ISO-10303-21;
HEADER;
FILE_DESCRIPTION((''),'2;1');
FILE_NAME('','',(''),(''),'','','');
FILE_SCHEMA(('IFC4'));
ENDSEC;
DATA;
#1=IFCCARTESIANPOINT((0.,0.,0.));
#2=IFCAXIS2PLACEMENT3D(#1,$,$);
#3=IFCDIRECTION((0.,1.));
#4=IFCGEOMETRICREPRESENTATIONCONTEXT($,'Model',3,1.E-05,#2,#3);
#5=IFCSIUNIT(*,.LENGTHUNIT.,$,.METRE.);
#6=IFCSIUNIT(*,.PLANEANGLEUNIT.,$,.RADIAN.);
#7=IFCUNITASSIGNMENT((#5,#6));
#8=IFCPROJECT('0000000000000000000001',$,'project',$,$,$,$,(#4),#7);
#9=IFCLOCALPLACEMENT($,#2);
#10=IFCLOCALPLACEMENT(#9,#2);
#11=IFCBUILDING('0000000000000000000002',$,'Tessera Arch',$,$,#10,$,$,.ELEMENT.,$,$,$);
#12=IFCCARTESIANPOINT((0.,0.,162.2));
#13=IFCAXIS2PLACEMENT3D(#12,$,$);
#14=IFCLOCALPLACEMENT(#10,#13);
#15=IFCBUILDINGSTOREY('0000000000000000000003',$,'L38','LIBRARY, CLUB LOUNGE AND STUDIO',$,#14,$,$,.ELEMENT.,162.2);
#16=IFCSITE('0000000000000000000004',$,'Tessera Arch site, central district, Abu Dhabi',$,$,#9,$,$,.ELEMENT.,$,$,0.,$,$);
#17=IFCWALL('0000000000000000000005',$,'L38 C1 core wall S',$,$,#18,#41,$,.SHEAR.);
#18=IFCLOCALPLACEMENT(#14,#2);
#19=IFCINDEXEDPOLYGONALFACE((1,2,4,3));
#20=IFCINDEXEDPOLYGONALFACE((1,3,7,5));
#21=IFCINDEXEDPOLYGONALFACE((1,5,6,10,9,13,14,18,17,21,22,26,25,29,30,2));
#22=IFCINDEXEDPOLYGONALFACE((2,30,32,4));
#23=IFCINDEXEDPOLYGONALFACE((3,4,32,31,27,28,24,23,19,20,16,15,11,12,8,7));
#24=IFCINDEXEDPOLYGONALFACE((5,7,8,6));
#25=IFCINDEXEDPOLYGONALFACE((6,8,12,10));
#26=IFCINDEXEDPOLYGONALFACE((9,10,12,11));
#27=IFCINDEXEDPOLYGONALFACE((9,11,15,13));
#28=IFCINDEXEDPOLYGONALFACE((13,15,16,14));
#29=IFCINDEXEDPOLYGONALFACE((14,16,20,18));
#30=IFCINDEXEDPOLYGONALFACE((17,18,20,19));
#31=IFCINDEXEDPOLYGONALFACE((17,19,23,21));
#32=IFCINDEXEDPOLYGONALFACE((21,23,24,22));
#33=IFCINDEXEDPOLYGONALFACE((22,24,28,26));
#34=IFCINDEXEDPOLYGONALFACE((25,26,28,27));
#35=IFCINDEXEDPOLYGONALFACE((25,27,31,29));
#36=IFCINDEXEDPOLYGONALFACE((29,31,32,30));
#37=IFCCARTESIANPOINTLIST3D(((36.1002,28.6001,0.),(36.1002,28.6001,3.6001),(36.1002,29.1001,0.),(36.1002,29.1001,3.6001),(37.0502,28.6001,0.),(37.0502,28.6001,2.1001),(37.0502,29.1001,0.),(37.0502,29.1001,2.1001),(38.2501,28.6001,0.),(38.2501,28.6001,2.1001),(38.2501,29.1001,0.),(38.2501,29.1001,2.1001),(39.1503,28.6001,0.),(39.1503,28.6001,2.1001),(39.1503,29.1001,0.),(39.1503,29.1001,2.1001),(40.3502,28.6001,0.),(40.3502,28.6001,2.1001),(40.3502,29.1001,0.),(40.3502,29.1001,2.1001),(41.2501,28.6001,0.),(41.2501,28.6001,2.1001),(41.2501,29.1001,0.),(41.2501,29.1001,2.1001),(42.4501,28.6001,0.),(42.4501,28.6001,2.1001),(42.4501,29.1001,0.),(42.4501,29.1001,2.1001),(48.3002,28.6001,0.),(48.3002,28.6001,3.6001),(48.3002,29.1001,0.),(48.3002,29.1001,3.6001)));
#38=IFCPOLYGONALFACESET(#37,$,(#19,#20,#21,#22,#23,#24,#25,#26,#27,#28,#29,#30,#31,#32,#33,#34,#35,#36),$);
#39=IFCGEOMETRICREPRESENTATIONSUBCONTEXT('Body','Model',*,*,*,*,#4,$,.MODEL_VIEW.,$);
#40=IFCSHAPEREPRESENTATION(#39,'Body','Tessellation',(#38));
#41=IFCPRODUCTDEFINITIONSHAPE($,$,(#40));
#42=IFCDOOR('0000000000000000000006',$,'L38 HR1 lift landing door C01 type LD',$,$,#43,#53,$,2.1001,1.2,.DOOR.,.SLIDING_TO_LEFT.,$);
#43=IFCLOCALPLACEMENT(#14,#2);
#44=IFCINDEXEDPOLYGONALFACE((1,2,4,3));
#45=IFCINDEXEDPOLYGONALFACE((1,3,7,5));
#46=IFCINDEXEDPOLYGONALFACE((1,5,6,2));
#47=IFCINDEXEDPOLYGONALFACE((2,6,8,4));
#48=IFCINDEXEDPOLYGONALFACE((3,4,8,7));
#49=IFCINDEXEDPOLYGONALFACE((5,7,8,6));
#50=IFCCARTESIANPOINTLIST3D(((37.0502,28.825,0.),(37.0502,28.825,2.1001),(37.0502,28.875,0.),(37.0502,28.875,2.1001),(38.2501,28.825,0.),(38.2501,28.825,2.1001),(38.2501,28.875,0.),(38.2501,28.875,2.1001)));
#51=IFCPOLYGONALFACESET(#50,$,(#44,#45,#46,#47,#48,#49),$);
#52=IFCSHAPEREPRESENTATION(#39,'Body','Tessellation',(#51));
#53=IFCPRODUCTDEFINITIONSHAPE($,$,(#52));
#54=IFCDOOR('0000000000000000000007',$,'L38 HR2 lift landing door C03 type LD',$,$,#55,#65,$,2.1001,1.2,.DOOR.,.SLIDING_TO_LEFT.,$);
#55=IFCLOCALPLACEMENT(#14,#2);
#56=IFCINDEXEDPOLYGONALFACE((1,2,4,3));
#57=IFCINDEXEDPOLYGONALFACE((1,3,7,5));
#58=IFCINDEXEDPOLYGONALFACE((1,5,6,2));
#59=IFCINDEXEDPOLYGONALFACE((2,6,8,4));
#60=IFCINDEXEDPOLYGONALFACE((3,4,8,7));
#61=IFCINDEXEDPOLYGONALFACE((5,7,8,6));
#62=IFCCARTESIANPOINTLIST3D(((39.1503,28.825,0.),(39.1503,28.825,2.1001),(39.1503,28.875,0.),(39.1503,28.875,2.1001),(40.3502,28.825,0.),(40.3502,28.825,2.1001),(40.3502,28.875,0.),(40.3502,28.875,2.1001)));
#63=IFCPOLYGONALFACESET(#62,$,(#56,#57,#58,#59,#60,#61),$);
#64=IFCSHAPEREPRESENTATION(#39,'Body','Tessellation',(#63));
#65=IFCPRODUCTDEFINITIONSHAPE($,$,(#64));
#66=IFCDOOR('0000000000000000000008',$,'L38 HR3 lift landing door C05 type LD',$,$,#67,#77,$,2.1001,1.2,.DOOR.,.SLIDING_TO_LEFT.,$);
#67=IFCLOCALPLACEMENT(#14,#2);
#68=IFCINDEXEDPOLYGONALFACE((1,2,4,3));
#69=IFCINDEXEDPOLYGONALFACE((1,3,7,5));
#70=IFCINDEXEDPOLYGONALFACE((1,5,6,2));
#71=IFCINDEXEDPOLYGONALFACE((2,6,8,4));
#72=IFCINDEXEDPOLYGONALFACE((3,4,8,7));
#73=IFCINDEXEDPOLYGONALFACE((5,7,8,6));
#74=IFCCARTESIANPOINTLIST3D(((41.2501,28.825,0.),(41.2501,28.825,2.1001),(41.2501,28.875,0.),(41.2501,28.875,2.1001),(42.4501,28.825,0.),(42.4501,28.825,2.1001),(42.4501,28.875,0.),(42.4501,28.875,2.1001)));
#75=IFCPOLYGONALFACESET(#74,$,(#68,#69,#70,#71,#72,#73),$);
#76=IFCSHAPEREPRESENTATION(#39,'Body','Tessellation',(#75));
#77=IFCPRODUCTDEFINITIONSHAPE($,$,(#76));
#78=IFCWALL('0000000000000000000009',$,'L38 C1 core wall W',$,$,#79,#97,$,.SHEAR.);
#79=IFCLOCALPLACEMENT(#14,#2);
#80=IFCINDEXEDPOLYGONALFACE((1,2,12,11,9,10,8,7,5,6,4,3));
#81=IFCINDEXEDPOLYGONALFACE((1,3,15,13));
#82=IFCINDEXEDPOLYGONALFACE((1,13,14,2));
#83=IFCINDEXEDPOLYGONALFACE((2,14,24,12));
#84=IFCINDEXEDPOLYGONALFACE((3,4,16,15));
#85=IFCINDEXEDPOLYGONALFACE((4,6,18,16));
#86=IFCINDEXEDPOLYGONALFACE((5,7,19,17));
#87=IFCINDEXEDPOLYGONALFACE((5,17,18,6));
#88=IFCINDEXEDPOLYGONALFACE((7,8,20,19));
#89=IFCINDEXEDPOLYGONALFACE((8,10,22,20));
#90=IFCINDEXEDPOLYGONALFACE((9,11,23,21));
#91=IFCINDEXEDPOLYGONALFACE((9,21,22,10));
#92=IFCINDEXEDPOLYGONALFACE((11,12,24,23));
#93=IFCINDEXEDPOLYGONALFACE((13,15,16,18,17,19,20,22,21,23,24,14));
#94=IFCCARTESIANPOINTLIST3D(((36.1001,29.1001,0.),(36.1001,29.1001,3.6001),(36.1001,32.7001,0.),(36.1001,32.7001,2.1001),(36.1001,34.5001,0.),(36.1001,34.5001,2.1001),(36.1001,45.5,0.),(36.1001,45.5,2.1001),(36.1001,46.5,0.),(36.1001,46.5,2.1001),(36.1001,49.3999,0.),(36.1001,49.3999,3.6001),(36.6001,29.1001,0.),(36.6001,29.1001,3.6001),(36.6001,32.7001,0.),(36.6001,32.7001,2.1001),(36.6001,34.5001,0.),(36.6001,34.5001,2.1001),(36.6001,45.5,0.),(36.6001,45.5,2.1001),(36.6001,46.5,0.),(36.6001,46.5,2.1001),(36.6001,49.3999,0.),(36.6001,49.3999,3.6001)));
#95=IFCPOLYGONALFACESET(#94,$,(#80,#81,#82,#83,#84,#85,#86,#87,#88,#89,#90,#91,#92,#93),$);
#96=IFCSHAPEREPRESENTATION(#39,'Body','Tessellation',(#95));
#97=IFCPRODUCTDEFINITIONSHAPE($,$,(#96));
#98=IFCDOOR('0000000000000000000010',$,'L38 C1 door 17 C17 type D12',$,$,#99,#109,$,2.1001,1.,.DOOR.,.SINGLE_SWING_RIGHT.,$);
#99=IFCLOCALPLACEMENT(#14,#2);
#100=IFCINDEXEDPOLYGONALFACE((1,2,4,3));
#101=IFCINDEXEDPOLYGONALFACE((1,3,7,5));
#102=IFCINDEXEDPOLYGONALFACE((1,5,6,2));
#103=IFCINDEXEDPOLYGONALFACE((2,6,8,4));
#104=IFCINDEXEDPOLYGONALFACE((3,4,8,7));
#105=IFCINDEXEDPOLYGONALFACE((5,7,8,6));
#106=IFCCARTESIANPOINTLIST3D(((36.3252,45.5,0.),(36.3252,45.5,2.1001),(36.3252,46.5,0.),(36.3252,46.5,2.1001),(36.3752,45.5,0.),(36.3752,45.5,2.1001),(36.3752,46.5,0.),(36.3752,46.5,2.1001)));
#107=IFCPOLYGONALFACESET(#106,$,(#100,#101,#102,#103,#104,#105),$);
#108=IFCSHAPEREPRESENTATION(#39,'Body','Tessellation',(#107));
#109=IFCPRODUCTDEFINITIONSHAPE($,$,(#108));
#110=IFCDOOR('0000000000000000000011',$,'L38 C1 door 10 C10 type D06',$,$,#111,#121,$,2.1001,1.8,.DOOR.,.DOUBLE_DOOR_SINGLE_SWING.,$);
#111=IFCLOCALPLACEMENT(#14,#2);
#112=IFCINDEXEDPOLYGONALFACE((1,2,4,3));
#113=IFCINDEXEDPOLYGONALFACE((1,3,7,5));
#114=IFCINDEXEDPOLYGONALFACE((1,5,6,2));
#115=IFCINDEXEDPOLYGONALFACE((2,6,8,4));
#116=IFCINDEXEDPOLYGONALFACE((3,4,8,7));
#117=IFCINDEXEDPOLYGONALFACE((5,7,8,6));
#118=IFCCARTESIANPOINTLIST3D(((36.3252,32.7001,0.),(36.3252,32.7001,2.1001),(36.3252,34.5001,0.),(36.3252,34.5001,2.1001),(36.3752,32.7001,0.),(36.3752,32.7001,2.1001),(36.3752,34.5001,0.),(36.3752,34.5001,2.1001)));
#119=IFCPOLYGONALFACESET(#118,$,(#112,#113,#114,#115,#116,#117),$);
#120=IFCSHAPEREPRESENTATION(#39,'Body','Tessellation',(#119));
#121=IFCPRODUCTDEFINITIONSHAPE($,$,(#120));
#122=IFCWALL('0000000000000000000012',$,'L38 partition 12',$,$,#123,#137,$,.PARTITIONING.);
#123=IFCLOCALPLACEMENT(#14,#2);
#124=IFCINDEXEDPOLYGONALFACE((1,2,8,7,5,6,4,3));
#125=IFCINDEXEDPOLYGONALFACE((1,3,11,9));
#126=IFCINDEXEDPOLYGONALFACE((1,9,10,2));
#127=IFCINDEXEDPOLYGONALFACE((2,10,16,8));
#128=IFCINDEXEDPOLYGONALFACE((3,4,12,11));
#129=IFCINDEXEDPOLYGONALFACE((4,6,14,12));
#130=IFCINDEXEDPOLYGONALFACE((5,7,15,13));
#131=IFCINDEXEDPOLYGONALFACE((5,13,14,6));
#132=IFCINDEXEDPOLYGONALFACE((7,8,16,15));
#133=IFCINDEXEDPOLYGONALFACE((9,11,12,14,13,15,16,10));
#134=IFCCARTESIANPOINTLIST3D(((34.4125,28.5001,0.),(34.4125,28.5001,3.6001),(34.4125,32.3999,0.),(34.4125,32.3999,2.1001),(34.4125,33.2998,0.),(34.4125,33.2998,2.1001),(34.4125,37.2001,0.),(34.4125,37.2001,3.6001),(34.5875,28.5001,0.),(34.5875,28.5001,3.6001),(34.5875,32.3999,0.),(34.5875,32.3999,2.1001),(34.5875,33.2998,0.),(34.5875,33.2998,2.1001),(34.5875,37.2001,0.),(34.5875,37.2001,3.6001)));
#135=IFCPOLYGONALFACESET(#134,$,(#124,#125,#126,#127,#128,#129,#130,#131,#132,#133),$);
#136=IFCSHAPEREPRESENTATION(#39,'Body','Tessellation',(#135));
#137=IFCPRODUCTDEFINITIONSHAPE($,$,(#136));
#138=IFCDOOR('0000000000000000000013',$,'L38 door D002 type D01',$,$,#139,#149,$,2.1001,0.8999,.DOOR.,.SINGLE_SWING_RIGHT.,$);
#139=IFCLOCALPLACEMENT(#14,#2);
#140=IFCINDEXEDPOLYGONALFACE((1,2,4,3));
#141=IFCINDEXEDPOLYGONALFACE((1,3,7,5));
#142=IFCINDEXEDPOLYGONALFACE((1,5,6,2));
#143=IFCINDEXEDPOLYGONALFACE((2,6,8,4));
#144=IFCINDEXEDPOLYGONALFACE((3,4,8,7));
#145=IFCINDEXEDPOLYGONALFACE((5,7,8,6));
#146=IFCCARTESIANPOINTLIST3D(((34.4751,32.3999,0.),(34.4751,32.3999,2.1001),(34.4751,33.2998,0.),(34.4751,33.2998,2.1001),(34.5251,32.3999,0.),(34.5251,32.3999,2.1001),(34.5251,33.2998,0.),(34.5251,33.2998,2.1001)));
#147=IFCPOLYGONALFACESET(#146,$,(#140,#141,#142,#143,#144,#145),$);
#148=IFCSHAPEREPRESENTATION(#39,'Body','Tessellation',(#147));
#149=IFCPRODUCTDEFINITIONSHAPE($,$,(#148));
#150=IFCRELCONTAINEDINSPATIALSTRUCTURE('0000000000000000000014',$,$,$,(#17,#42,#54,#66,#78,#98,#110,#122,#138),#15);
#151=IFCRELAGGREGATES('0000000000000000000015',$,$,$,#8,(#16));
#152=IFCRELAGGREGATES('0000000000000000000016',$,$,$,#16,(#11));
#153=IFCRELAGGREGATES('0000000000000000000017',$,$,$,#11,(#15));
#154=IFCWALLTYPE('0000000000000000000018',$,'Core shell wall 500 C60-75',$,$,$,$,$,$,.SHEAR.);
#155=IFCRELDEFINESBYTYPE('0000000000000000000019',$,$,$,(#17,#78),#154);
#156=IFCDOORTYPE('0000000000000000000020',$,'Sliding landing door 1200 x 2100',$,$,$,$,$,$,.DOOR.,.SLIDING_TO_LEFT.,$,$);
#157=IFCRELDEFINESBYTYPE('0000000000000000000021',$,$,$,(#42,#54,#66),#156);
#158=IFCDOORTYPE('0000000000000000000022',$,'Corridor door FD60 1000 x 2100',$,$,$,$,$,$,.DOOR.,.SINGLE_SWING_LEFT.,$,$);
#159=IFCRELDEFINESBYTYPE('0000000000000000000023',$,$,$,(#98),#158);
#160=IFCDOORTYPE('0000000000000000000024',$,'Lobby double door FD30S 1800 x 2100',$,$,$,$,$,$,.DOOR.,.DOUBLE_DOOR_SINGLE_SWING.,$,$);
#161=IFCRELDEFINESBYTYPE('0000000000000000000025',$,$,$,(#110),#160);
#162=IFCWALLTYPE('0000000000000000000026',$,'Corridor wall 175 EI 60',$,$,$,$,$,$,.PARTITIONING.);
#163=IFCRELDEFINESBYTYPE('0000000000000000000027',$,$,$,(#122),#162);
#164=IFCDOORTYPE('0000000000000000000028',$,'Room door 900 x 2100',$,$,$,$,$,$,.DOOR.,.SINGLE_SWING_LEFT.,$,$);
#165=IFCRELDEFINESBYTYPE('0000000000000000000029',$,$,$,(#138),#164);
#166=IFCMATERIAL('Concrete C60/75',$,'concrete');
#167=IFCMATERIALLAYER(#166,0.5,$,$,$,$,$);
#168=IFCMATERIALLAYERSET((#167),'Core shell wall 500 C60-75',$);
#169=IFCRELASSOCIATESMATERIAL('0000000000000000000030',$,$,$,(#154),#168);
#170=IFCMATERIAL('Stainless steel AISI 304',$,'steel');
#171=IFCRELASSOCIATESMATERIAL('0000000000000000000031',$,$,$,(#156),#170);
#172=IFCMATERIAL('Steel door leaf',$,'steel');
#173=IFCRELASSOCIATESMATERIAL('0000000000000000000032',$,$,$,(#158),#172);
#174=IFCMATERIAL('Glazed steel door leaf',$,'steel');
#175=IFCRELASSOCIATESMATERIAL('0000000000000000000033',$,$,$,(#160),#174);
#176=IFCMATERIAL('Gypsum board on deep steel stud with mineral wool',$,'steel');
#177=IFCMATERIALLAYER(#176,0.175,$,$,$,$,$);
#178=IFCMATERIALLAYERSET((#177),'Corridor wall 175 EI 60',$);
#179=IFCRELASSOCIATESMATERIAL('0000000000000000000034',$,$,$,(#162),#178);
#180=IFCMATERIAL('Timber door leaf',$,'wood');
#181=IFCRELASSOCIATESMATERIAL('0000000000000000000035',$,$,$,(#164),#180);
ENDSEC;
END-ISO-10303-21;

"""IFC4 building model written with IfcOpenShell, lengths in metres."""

from ifc_helpers import new_model, si_unit, direction, frame, frame_2d, origin, place, context, subcontext, project, spatial, rectangle, extrude, material, layer, layer_set, type_object, element, fill, save


model = new_model("IFC4")

# Units and contexts
model_context = context("Model", 3, precision=1e-05, world=origin(), true_north=direction((0.0, 1.0)))
body_context = subcontext(model_context, "Body", "Model", "MODEL_VIEW")
ifc_project = project(units=[si_unit("LENGTHUNIT", "METRE"), si_unit("PLANEANGLEUNIT", "RADIAN")], contexts=[model_context])

# Site, building, storey
site_placement = place(None, origin())
site = spatial("IfcSite", under=ifc_project, at=site_placement, Name="Tessera Arch site, central district, Abu Dhabi", CompositionType="ELEMENT", RefElevation=0.0)
building_placement = place(site_placement, origin())
building = spatial("IfcBuilding", under=site, at=building_placement, Name="Tessera Arch", CompositionType="ELEMENT")
storey_placement = place(building_placement, frame((0.0, 0.0, 162.2)))
storey = spatial("IfcBuildingStorey", under=building, at=storey_placement, Name="L38", Description="LIBRARY, CLUB LOUNGE AND STUDIO", CompositionType="ELEMENT", Elevation=162.2)

# Walls, openings, doors
ifc_material_1 = material(Name="Concrete C60/75", Category="concrete")
ifc_layer_1 = layer(ifc_material_1, 0.5)
ifc_layer_set_1 = layer_set([ifc_layer_1], Name="Core shell wall 500 C60-75")
wall_type_1 = type_object("IfcWallType", Name="Core shell wall 500 C60-75", PredefinedType="SHEAR", material=ifc_layer_set_1)
wall_1_placement = place(storey_placement, frame((36.1001, 28.8501, 0.0), z_axis=(0.0, 0.0, 1.0), x_axis=(1.0, 0.0, 0.0)))
wall_1 = element("IfcWall", 1, at=wall_1_placement, inside=storey, type_object=wall_type_1, Name="L38 C1 core wall S", PredefinedType="SHEAR", context=body_context, shape_type="SweptSolid", body=[
    extrude(rectangle(XDim=12.2, YDim=0.5, at=frame_2d((6.1001, 0.0))), origin(), (0.0, 0.0, 1.0), 3.6001),
])
opening_1_placement = place(wall_1_placement, frame((0.95, 0.0, 0.0)))
opening_1 = element("IfcOpeningElement", 2, at=opening_1_placement, cuts=wall_1, PredefinedType="OPENING", context=body_context, shape_type="SweptSolid", body=[
    extrude(rectangle(XDim=1.2, YDim=2.1001, at=frame_2d((0.6001, 1.05))), frame((0.0, 0.26, 0.0), z_axis=(0.0, -1.0, 0.0), x_axis=(1.0, 0.0, 0.0)), (0.0, 0.0, 1.0), 0.52),
])
opening_2_placement = place(wall_1_placement, frame((3.05, 0.0, 0.0)))
opening_2 = element("IfcOpeningElement", 3, at=opening_2_placement, cuts=wall_1, PredefinedType="OPENING", context=body_context, shape_type="SweptSolid", body=[
    extrude(rectangle(XDim=1.2, YDim=2.1001, at=frame_2d((0.6001, 1.05))), frame((0.0, 0.26, 0.0), z_axis=(0.0, -1.0, 0.0), x_axis=(1.0, 0.0, 0.0)), (0.0, 0.0, 1.0), 0.52),
])
opening_3_placement = place(wall_1_placement, frame((5.1499, 0.0, 0.0)))
opening_3 = element("IfcOpeningElement", 4, at=opening_3_placement, cuts=wall_1, PredefinedType="OPENING", context=body_context, shape_type="SweptSolid", body=[
    extrude(rectangle(XDim=1.2, YDim=2.1001, at=frame_2d((0.6001, 1.05))), frame((0.0, 0.26, 0.0), z_axis=(0.0, -1.0, 0.0), x_axis=(1.0, 0.0, 0.0)), (0.0, 0.0, 1.0), 0.52),
])
ifc_material_2 = material(Name="Stainless steel AISI 304", Category="steel")
door_type_1 = type_object("IfcDoorType", Name="Sliding landing door 1200 x 2100", OperationType="SLIDING_TO_LEFT", PredefinedType="DOOR", material=ifc_material_2)
door_1_placement = place(opening_1_placement, origin())
door_1 = element("IfcDoor", 5, at=door_1_placement, inside=storey, type_object=door_type_1, Name="L38 HR1 lift landing door C01 type LD", OperationType="SLIDING_TO_LEFT", OverallHeight=2.1001, OverallWidth=1.2, PredefinedType="DOOR", context=body_context, shape_type="SweptSolid", body=[
    extrude(rectangle(XDim=1.2, YDim=2.1001, at=frame_2d((0.6001, 1.05))), frame((0.0, 0.0249, 0.0), z_axis=(0.0, -1.0, 0.0), x_axis=(1.0, 0.0, 0.0)), (0.0, 0.0, 1.0), 0.05),
])
fill(opening_1, door_1)
door_2_placement = place(opening_2_placement, origin())
door_2 = element("IfcDoor", 6, at=door_2_placement, inside=storey, type_object=door_type_1, Name="L38 HR2 lift landing door C03 type LD", OperationType="SLIDING_TO_LEFT", OverallHeight=2.1001, OverallWidth=1.2, PredefinedType="DOOR", context=body_context, shape_type="SweptSolid", body=[
    extrude(rectangle(XDim=1.2, YDim=2.1001, at=frame_2d((0.6001, 1.05))), frame((0.0, 0.0249, 0.0), z_axis=(0.0, -1.0, 0.0), x_axis=(1.0, 0.0, 0.0)), (0.0, 0.0, 1.0), 0.05),
])
fill(opening_2, door_2)
door_3_placement = place(opening_3_placement, origin())
door_3 = element("IfcDoor", 7, at=door_3_placement, inside=storey, type_object=door_type_1, Name="L38 HR3 lift landing door C05 type LD", OperationType="SLIDING_TO_LEFT", OverallHeight=2.1001, OverallWidth=1.2, PredefinedType="DOOR", context=body_context, shape_type="SweptSolid", body=[
    extrude(rectangle(XDim=1.2, YDim=2.1001, at=frame_2d((0.6001, 1.05))), frame((0.0, 0.0249, 0.0), z_axis=(0.0, -1.0, 0.0), x_axis=(1.0, 0.0, 0.0)), (0.0, 0.0, 1.0), 0.05),
])
fill(opening_3, door_3)
wall_2_placement = place(storey_placement, frame((36.3501, 29.1001, 0.0), z_axis=(0.0, 0.0, 1.0), x_axis=(0.0, 1.0, 0.0)))
wall_2 = element("IfcWall", 8, at=wall_2_placement, inside=storey, type_object=wall_type_1, Name="L38 C1 core wall W", PredefinedType="SHEAR", context=body_context, shape_type="SweptSolid", body=[
    extrude(rectangle(XDim=20.2998, YDim=0.5, at=frame_2d((10.1499, 0.0))), origin(), (0.0, 0.0, 1.0), 3.6001),
])
opening_4_placement = place(wall_2_placement, frame((3.6001, 0.0, 0.0)))
opening_4 = element("IfcOpeningElement", 9, at=opening_4_placement, cuts=wall_2, PredefinedType="OPENING", context=body_context, shape_type="SweptSolid", body=[
    extrude(rectangle(XDim=1.8, YDim=2.1001, at=frame_2d((0.8999, 1.05))), frame((0.0, 0.26, 0.0), z_axis=(0.0, -1.0, 0.0), x_axis=(1.0, 0.0, 0.0)), (0.0, 0.0, 1.0), 0.52),
])
opening_5_placement = place(wall_2_placement, frame((16.3999, 0.0, 0.0)))
opening_5 = element("IfcOpeningElement", 10, at=opening_5_placement, cuts=wall_2, PredefinedType="OPENING", context=body_context, shape_type="SweptSolid", body=[
    extrude(rectangle(XDim=1.0, YDim=2.1001, at=frame_2d((0.5, 1.05))), frame((0.0, 0.26, 0.0), z_axis=(0.0, -1.0, 0.0), x_axis=(1.0, 0.0, 0.0)), (0.0, 0.0, 1.0), 0.52),
])
ifc_material_3 = material(Name="Steel door leaf", Category="steel")
door_type_2 = type_object("IfcDoorType", Name="Corridor door FD60 1000 x 2100", OperationType="SINGLE_SWING_LEFT", PredefinedType="DOOR", material=ifc_material_3)
door_4_placement = place(opening_5_placement, origin())
door_4 = element("IfcDoor", 11, at=door_4_placement, inside=storey, type_object=door_type_2, Name="L38 C1 door 17 C17 type D12", OperationType="SINGLE_SWING_RIGHT", OverallHeight=2.1001, OverallWidth=1.0, PredefinedType="DOOR", context=body_context, shape_type="SweptSolid", body=[
    extrude(rectangle(XDim=1.0, YDim=2.1001, at=frame_2d((0.5, 1.05))), frame((0.0, 0.0249, 0.0), z_axis=(0.0, -1.0, 0.0), x_axis=(1.0, 0.0, 0.0)), (0.0, 0.0, 1.0), 0.05),
])
fill(opening_5, door_4)
ifc_material_4 = material(Name="Glazed steel door leaf", Category="steel")
door_type_3 = type_object("IfcDoorType", Name="Lobby double door FD30S 1800 x 2100", OperationType="DOUBLE_DOOR_SINGLE_SWING", PredefinedType="DOOR", material=ifc_material_4)
door_5_placement = place(opening_4_placement, origin())
door_5 = element("IfcDoor", 12, at=door_5_placement, inside=storey, type_object=door_type_3, Name="L38 C1 door 10 C10 type D06", OperationType="DOUBLE_DOOR_SINGLE_SWING", OverallHeight=2.1001, OverallWidth=1.8, PredefinedType="DOOR", context=body_context, shape_type="SweptSolid", body=[
    extrude(rectangle(XDim=1.8, YDim=2.1001, at=frame_2d((0.8999, 1.05))), frame((0.0, 0.0249, 0.0), z_axis=(0.0, -1.0, 0.0), x_axis=(1.0, 0.0, 0.0)), (0.0, 0.0, 1.0), 0.05),
])
fill(opening_4, door_5)

# Wall, opening, door
ifc_material_5 = material(Name="Gypsum board on deep steel stud with mineral wool", Category="steel")
ifc_layer_2 = layer(ifc_material_5, 0.175)
ifc_layer_set_2 = layer_set([ifc_layer_2], Name="Corridor wall 175 EI 60")
wall_type_2 = type_object("IfcWallType", Name="Corridor wall 175 EI 60", PredefinedType="PARTITIONING", material=ifc_layer_set_2)
wall_3_placement = place(storey_placement, frame((34.5, 28.5, 0.0), z_axis=(0.0, 0.0, 1.0), x_axis=(0.0, 1.0, 0.0)))
wall_3 = element("IfcWall", 13, at=wall_3_placement, inside=storey, type_object=wall_type_2, Name="L38 partition 12", PredefinedType="PARTITIONING", context=body_context, shape_type="SweptSolid", body=[
    extrude(rectangle(XDim=8.7, YDim=0.175, at=frame_2d((4.3501, 0.0))), origin(), (0.0, 0.0, 1.0), 3.6001),
])
opening_6_placement = place(wall_3_placement, frame((3.8999, 0.0, 0.0)))
opening_6 = element("IfcOpeningElement", 14, at=opening_6_placement, cuts=wall_3, PredefinedType="OPENING", context=body_context, shape_type="SweptSolid", body=[
    extrude(rectangle(XDim=0.8999, YDim=2.1001, at=frame_2d((0.45, 1.05))), frame((0.0, 0.0974, 0.0), z_axis=(0.0, -1.0, 0.0), x_axis=(1.0, 0.0, 0.0)), (0.0, 0.0, 1.0), 0.1951),
])
ifc_material_6 = material(Name="Timber door leaf", Category="wood")
door_type_4 = type_object("IfcDoorType", Name="Room door 900 x 2100", OperationType="SINGLE_SWING_LEFT", PredefinedType="DOOR", material=ifc_material_6)
door_6_placement = place(opening_6_placement, origin())
door_6 = element("IfcDoor", 15, at=door_6_placement, inside=storey, type_object=door_type_4, Name="L38 door D002 type D01", OperationType="SINGLE_SWING_RIGHT", OverallHeight=2.1001, OverallWidth=0.8999, PredefinedType="DOOR", context=body_context, shape_type="SweptSolid", body=[
    extrude(rectangle(XDim=0.8999, YDim=2.1001, at=frame_2d((0.45, 1.05))), frame((0.0, 0.0249, 0.0), z_axis=(0.0, -1.0, 0.0), x_axis=(1.0, 0.0, 0.0)), (0.0, 0.0, 1.0), 0.05),
])
fill(opening_6, door_6)

save(model, "model.ifc")
